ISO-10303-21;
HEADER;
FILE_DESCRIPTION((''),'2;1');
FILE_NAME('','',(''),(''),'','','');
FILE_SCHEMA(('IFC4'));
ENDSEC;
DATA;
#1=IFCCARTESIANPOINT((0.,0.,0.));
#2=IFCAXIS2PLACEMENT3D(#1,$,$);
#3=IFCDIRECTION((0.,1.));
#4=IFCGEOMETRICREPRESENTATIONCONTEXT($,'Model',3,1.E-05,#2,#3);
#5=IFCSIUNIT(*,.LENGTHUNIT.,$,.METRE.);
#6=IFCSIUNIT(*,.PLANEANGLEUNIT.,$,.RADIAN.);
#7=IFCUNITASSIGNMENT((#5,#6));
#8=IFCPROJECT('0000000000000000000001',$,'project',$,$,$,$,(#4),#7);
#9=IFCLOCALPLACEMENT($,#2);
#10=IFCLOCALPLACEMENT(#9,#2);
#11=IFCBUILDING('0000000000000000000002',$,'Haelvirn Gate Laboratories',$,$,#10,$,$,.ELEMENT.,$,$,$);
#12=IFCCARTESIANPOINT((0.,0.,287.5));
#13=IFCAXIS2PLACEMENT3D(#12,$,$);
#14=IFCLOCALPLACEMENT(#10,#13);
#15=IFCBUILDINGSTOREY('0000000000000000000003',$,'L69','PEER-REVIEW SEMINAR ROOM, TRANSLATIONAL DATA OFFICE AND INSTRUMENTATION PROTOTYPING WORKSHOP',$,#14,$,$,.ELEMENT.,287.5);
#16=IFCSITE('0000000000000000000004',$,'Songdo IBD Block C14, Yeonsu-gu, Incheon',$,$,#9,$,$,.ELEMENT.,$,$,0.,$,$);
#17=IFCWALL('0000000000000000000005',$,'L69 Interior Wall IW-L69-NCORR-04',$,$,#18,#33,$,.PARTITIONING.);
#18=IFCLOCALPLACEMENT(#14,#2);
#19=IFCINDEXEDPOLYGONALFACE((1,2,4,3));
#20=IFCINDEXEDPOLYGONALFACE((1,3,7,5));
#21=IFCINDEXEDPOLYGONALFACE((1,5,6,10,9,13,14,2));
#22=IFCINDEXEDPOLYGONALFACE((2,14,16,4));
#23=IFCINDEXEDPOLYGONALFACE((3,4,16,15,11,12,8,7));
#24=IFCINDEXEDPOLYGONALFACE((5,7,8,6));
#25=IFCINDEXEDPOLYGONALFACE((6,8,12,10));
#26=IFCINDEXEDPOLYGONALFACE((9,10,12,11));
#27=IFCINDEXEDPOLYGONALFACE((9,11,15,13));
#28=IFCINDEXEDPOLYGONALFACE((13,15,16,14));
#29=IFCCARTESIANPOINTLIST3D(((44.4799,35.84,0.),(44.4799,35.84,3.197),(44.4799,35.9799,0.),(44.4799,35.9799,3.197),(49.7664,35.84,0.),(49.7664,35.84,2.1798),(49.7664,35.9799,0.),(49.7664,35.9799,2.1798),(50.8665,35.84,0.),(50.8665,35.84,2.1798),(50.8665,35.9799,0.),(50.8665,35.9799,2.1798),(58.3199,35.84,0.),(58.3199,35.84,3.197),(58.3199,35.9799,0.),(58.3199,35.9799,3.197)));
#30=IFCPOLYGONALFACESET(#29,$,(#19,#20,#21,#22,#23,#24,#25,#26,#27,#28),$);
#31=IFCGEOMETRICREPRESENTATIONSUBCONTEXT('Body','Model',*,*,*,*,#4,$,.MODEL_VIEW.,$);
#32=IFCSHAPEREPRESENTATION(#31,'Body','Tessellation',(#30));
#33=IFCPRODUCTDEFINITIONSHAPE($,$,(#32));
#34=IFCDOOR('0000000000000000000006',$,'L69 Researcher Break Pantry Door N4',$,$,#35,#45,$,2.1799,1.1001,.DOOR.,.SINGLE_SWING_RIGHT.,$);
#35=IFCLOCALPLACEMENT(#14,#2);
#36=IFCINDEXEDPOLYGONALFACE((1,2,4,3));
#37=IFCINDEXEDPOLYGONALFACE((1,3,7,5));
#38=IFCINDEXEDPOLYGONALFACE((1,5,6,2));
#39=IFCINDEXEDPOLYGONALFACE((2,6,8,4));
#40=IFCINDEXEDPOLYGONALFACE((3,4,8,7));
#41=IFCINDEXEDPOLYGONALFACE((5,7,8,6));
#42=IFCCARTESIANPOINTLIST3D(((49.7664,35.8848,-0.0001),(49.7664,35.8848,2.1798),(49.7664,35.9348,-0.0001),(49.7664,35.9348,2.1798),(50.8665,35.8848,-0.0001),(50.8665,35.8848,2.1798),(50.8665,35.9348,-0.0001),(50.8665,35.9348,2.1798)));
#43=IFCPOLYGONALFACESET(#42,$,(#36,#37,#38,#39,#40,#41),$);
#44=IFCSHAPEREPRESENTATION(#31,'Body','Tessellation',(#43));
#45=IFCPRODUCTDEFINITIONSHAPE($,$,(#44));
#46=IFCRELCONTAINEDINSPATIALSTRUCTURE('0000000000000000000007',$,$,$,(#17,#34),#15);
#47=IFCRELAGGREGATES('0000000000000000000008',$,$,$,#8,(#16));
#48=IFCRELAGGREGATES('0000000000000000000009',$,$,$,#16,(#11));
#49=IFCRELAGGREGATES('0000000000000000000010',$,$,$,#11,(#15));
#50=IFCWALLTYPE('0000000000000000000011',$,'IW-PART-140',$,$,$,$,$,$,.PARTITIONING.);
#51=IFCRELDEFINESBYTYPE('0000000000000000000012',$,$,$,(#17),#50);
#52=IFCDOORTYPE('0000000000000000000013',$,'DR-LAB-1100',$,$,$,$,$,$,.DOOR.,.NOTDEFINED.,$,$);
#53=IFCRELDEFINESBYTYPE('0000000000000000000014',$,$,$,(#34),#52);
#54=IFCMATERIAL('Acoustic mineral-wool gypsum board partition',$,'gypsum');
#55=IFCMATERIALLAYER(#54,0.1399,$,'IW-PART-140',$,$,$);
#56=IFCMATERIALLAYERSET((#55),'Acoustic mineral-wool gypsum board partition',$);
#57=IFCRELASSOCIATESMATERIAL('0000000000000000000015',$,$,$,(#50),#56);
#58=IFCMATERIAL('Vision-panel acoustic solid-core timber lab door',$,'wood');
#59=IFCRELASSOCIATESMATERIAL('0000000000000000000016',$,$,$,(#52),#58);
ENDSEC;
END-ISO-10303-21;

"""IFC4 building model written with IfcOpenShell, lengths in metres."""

from ifc_helpers import new_model, si_unit, direction, frame, frame_2d, origin, place, context, subcontext, project, spatial, rectangle, extrude, source, transform, mapped, material, layer, layer_set, type_object, type_shapes, element, fill, save


model = new_model("IFC4")

# Units and contexts
model_context = context("Model", 3, precision=1e-05, world=origin(), true_north=direction((0.0, 1.0)))
body_context = subcontext(model_context, "Body", "Model", "MODEL_VIEW")
ifc_project = project(units=[si_unit("LENGTHUNIT", "METRE"), si_unit("PLANEANGLEUNIT", "RADIAN")], contexts=[model_context])

# Site, building, storey
site_placement = place(None, origin())
site = spatial("IfcSite", under=ifc_project, at=site_placement, Name="Songdo IBD Block C14, Yeonsu-gu, Incheon", CompositionType="ELEMENT", RefElevation=0.0)
building_placement = place(site_placement, origin())
building = spatial("IfcBuilding", under=site, at=building_placement, Name="Haelvirn Gate Laboratories", CompositionType="ELEMENT")
storey_placement = place(building_placement, frame((0.0, 0.0, 287.5)))
storey = spatial("IfcBuildingStorey", under=building, at=storey_placement, Name="L69", Description="PEER-REVIEW SEMINAR ROOM, TRANSLATIONAL DATA OFFICE AND INSTRUMENTATION PROTOTYPING WORKSHOP", CompositionType="ELEMENT", Elevation=287.5)

# Wall, opening, door
ifc_material_1 = material(Name="Acoustic mineral-wool gypsum board partition", Category="gypsum")
ifc_layer_1 = layer(ifc_material_1, 0.1399, Name="IW-PART-140")
ifc_layer_set_1 = layer_set([ifc_layer_1], Name="Acoustic mineral-wool gypsum board partition")
wall_type_1 = type_object("IfcWallType", Name="IW-PART-140", PredefinedType="PARTITIONING", material=ifc_layer_set_1)
wall_1_placement = place(storey_placement, frame((44.48, 35.9099, 0.0), z_axis=(0.0, 0.0, 1.0), x_axis=(1.0, 0.0, 0.0)))
wall_1 = element("IfcWall", 1, at=wall_1_placement, inside=storey, type_object=wall_type_1, Name="L69 Interior Wall IW-L69-NCORR-04", PredefinedType="PARTITIONING", context=body_context, shape_type="SweptSolid", body=[
    extrude(rectangle(XDim=13.8401, YDim=0.1399, at=frame_2d((6.9199, 0.0))), origin(), (0.0, 0.0, 1.0), 3.197),
])
opening_placement = place(wall_1_placement, frame((5.2864, 0.0, 0.0)))
opening = element("IfcOpeningElement", 2, at=opening_placement, cuts=wall_1, PredefinedType="OPENING", context=body_context, shape_type="SweptSolid", body=[
    extrude(rectangle(XDim=1.1001, YDim=2.1799, at=frame_2d((0.55, 1.0898))), frame((0.0, 0.0801, 0.0), z_axis=(0.0, -1.0, 0.0), x_axis=(1.0, 0.0, 0.0)), (0.0, 0.0, 1.0), 0.1599),
])
ifc_material_2 = material(Name="Vision-panel acoustic solid-core timber lab door", Category="wood")
door_type = type_object("IfcDoorType", Name="DR-LAB-1100", OperationType="NOTDEFINED", PredefinedType="DOOR", material=ifc_material_2)
shared_shape_1 = source(origin(), body_context, "Body", "SweptSolid", [
    extrude(rectangle(XDim=1.1001, YDim=2.1799, at=frame_2d((0.55, 1.0898))), frame((0.0, 0.0249, 0.0), z_axis=(0.0, -1.0, 0.0), x_axis=(1.0, 0.0, 0.0)), (0.0, 0.0, 1.0), 0.05),
])
type_shapes(door_type, [shared_shape_1])
door_placement = place(opening_placement, origin())
door = element("IfcDoor", 3, at=door_placement, inside=storey, type_object=door_type, Name="L69 Researcher Break Pantry Door N4", OperationType="SINGLE_SWING_RIGHT", OverallHeight=2.1799, OverallWidth=1.1001, PredefinedType="DOOR", context=body_context, shape_type="MappedRepresentation", body=[
    mapped(shared_shape_1, transform((0.0, 0.0, 0.0), scale=1.0)),
])
fill(opening, door)

save(model, "model.ifc")
